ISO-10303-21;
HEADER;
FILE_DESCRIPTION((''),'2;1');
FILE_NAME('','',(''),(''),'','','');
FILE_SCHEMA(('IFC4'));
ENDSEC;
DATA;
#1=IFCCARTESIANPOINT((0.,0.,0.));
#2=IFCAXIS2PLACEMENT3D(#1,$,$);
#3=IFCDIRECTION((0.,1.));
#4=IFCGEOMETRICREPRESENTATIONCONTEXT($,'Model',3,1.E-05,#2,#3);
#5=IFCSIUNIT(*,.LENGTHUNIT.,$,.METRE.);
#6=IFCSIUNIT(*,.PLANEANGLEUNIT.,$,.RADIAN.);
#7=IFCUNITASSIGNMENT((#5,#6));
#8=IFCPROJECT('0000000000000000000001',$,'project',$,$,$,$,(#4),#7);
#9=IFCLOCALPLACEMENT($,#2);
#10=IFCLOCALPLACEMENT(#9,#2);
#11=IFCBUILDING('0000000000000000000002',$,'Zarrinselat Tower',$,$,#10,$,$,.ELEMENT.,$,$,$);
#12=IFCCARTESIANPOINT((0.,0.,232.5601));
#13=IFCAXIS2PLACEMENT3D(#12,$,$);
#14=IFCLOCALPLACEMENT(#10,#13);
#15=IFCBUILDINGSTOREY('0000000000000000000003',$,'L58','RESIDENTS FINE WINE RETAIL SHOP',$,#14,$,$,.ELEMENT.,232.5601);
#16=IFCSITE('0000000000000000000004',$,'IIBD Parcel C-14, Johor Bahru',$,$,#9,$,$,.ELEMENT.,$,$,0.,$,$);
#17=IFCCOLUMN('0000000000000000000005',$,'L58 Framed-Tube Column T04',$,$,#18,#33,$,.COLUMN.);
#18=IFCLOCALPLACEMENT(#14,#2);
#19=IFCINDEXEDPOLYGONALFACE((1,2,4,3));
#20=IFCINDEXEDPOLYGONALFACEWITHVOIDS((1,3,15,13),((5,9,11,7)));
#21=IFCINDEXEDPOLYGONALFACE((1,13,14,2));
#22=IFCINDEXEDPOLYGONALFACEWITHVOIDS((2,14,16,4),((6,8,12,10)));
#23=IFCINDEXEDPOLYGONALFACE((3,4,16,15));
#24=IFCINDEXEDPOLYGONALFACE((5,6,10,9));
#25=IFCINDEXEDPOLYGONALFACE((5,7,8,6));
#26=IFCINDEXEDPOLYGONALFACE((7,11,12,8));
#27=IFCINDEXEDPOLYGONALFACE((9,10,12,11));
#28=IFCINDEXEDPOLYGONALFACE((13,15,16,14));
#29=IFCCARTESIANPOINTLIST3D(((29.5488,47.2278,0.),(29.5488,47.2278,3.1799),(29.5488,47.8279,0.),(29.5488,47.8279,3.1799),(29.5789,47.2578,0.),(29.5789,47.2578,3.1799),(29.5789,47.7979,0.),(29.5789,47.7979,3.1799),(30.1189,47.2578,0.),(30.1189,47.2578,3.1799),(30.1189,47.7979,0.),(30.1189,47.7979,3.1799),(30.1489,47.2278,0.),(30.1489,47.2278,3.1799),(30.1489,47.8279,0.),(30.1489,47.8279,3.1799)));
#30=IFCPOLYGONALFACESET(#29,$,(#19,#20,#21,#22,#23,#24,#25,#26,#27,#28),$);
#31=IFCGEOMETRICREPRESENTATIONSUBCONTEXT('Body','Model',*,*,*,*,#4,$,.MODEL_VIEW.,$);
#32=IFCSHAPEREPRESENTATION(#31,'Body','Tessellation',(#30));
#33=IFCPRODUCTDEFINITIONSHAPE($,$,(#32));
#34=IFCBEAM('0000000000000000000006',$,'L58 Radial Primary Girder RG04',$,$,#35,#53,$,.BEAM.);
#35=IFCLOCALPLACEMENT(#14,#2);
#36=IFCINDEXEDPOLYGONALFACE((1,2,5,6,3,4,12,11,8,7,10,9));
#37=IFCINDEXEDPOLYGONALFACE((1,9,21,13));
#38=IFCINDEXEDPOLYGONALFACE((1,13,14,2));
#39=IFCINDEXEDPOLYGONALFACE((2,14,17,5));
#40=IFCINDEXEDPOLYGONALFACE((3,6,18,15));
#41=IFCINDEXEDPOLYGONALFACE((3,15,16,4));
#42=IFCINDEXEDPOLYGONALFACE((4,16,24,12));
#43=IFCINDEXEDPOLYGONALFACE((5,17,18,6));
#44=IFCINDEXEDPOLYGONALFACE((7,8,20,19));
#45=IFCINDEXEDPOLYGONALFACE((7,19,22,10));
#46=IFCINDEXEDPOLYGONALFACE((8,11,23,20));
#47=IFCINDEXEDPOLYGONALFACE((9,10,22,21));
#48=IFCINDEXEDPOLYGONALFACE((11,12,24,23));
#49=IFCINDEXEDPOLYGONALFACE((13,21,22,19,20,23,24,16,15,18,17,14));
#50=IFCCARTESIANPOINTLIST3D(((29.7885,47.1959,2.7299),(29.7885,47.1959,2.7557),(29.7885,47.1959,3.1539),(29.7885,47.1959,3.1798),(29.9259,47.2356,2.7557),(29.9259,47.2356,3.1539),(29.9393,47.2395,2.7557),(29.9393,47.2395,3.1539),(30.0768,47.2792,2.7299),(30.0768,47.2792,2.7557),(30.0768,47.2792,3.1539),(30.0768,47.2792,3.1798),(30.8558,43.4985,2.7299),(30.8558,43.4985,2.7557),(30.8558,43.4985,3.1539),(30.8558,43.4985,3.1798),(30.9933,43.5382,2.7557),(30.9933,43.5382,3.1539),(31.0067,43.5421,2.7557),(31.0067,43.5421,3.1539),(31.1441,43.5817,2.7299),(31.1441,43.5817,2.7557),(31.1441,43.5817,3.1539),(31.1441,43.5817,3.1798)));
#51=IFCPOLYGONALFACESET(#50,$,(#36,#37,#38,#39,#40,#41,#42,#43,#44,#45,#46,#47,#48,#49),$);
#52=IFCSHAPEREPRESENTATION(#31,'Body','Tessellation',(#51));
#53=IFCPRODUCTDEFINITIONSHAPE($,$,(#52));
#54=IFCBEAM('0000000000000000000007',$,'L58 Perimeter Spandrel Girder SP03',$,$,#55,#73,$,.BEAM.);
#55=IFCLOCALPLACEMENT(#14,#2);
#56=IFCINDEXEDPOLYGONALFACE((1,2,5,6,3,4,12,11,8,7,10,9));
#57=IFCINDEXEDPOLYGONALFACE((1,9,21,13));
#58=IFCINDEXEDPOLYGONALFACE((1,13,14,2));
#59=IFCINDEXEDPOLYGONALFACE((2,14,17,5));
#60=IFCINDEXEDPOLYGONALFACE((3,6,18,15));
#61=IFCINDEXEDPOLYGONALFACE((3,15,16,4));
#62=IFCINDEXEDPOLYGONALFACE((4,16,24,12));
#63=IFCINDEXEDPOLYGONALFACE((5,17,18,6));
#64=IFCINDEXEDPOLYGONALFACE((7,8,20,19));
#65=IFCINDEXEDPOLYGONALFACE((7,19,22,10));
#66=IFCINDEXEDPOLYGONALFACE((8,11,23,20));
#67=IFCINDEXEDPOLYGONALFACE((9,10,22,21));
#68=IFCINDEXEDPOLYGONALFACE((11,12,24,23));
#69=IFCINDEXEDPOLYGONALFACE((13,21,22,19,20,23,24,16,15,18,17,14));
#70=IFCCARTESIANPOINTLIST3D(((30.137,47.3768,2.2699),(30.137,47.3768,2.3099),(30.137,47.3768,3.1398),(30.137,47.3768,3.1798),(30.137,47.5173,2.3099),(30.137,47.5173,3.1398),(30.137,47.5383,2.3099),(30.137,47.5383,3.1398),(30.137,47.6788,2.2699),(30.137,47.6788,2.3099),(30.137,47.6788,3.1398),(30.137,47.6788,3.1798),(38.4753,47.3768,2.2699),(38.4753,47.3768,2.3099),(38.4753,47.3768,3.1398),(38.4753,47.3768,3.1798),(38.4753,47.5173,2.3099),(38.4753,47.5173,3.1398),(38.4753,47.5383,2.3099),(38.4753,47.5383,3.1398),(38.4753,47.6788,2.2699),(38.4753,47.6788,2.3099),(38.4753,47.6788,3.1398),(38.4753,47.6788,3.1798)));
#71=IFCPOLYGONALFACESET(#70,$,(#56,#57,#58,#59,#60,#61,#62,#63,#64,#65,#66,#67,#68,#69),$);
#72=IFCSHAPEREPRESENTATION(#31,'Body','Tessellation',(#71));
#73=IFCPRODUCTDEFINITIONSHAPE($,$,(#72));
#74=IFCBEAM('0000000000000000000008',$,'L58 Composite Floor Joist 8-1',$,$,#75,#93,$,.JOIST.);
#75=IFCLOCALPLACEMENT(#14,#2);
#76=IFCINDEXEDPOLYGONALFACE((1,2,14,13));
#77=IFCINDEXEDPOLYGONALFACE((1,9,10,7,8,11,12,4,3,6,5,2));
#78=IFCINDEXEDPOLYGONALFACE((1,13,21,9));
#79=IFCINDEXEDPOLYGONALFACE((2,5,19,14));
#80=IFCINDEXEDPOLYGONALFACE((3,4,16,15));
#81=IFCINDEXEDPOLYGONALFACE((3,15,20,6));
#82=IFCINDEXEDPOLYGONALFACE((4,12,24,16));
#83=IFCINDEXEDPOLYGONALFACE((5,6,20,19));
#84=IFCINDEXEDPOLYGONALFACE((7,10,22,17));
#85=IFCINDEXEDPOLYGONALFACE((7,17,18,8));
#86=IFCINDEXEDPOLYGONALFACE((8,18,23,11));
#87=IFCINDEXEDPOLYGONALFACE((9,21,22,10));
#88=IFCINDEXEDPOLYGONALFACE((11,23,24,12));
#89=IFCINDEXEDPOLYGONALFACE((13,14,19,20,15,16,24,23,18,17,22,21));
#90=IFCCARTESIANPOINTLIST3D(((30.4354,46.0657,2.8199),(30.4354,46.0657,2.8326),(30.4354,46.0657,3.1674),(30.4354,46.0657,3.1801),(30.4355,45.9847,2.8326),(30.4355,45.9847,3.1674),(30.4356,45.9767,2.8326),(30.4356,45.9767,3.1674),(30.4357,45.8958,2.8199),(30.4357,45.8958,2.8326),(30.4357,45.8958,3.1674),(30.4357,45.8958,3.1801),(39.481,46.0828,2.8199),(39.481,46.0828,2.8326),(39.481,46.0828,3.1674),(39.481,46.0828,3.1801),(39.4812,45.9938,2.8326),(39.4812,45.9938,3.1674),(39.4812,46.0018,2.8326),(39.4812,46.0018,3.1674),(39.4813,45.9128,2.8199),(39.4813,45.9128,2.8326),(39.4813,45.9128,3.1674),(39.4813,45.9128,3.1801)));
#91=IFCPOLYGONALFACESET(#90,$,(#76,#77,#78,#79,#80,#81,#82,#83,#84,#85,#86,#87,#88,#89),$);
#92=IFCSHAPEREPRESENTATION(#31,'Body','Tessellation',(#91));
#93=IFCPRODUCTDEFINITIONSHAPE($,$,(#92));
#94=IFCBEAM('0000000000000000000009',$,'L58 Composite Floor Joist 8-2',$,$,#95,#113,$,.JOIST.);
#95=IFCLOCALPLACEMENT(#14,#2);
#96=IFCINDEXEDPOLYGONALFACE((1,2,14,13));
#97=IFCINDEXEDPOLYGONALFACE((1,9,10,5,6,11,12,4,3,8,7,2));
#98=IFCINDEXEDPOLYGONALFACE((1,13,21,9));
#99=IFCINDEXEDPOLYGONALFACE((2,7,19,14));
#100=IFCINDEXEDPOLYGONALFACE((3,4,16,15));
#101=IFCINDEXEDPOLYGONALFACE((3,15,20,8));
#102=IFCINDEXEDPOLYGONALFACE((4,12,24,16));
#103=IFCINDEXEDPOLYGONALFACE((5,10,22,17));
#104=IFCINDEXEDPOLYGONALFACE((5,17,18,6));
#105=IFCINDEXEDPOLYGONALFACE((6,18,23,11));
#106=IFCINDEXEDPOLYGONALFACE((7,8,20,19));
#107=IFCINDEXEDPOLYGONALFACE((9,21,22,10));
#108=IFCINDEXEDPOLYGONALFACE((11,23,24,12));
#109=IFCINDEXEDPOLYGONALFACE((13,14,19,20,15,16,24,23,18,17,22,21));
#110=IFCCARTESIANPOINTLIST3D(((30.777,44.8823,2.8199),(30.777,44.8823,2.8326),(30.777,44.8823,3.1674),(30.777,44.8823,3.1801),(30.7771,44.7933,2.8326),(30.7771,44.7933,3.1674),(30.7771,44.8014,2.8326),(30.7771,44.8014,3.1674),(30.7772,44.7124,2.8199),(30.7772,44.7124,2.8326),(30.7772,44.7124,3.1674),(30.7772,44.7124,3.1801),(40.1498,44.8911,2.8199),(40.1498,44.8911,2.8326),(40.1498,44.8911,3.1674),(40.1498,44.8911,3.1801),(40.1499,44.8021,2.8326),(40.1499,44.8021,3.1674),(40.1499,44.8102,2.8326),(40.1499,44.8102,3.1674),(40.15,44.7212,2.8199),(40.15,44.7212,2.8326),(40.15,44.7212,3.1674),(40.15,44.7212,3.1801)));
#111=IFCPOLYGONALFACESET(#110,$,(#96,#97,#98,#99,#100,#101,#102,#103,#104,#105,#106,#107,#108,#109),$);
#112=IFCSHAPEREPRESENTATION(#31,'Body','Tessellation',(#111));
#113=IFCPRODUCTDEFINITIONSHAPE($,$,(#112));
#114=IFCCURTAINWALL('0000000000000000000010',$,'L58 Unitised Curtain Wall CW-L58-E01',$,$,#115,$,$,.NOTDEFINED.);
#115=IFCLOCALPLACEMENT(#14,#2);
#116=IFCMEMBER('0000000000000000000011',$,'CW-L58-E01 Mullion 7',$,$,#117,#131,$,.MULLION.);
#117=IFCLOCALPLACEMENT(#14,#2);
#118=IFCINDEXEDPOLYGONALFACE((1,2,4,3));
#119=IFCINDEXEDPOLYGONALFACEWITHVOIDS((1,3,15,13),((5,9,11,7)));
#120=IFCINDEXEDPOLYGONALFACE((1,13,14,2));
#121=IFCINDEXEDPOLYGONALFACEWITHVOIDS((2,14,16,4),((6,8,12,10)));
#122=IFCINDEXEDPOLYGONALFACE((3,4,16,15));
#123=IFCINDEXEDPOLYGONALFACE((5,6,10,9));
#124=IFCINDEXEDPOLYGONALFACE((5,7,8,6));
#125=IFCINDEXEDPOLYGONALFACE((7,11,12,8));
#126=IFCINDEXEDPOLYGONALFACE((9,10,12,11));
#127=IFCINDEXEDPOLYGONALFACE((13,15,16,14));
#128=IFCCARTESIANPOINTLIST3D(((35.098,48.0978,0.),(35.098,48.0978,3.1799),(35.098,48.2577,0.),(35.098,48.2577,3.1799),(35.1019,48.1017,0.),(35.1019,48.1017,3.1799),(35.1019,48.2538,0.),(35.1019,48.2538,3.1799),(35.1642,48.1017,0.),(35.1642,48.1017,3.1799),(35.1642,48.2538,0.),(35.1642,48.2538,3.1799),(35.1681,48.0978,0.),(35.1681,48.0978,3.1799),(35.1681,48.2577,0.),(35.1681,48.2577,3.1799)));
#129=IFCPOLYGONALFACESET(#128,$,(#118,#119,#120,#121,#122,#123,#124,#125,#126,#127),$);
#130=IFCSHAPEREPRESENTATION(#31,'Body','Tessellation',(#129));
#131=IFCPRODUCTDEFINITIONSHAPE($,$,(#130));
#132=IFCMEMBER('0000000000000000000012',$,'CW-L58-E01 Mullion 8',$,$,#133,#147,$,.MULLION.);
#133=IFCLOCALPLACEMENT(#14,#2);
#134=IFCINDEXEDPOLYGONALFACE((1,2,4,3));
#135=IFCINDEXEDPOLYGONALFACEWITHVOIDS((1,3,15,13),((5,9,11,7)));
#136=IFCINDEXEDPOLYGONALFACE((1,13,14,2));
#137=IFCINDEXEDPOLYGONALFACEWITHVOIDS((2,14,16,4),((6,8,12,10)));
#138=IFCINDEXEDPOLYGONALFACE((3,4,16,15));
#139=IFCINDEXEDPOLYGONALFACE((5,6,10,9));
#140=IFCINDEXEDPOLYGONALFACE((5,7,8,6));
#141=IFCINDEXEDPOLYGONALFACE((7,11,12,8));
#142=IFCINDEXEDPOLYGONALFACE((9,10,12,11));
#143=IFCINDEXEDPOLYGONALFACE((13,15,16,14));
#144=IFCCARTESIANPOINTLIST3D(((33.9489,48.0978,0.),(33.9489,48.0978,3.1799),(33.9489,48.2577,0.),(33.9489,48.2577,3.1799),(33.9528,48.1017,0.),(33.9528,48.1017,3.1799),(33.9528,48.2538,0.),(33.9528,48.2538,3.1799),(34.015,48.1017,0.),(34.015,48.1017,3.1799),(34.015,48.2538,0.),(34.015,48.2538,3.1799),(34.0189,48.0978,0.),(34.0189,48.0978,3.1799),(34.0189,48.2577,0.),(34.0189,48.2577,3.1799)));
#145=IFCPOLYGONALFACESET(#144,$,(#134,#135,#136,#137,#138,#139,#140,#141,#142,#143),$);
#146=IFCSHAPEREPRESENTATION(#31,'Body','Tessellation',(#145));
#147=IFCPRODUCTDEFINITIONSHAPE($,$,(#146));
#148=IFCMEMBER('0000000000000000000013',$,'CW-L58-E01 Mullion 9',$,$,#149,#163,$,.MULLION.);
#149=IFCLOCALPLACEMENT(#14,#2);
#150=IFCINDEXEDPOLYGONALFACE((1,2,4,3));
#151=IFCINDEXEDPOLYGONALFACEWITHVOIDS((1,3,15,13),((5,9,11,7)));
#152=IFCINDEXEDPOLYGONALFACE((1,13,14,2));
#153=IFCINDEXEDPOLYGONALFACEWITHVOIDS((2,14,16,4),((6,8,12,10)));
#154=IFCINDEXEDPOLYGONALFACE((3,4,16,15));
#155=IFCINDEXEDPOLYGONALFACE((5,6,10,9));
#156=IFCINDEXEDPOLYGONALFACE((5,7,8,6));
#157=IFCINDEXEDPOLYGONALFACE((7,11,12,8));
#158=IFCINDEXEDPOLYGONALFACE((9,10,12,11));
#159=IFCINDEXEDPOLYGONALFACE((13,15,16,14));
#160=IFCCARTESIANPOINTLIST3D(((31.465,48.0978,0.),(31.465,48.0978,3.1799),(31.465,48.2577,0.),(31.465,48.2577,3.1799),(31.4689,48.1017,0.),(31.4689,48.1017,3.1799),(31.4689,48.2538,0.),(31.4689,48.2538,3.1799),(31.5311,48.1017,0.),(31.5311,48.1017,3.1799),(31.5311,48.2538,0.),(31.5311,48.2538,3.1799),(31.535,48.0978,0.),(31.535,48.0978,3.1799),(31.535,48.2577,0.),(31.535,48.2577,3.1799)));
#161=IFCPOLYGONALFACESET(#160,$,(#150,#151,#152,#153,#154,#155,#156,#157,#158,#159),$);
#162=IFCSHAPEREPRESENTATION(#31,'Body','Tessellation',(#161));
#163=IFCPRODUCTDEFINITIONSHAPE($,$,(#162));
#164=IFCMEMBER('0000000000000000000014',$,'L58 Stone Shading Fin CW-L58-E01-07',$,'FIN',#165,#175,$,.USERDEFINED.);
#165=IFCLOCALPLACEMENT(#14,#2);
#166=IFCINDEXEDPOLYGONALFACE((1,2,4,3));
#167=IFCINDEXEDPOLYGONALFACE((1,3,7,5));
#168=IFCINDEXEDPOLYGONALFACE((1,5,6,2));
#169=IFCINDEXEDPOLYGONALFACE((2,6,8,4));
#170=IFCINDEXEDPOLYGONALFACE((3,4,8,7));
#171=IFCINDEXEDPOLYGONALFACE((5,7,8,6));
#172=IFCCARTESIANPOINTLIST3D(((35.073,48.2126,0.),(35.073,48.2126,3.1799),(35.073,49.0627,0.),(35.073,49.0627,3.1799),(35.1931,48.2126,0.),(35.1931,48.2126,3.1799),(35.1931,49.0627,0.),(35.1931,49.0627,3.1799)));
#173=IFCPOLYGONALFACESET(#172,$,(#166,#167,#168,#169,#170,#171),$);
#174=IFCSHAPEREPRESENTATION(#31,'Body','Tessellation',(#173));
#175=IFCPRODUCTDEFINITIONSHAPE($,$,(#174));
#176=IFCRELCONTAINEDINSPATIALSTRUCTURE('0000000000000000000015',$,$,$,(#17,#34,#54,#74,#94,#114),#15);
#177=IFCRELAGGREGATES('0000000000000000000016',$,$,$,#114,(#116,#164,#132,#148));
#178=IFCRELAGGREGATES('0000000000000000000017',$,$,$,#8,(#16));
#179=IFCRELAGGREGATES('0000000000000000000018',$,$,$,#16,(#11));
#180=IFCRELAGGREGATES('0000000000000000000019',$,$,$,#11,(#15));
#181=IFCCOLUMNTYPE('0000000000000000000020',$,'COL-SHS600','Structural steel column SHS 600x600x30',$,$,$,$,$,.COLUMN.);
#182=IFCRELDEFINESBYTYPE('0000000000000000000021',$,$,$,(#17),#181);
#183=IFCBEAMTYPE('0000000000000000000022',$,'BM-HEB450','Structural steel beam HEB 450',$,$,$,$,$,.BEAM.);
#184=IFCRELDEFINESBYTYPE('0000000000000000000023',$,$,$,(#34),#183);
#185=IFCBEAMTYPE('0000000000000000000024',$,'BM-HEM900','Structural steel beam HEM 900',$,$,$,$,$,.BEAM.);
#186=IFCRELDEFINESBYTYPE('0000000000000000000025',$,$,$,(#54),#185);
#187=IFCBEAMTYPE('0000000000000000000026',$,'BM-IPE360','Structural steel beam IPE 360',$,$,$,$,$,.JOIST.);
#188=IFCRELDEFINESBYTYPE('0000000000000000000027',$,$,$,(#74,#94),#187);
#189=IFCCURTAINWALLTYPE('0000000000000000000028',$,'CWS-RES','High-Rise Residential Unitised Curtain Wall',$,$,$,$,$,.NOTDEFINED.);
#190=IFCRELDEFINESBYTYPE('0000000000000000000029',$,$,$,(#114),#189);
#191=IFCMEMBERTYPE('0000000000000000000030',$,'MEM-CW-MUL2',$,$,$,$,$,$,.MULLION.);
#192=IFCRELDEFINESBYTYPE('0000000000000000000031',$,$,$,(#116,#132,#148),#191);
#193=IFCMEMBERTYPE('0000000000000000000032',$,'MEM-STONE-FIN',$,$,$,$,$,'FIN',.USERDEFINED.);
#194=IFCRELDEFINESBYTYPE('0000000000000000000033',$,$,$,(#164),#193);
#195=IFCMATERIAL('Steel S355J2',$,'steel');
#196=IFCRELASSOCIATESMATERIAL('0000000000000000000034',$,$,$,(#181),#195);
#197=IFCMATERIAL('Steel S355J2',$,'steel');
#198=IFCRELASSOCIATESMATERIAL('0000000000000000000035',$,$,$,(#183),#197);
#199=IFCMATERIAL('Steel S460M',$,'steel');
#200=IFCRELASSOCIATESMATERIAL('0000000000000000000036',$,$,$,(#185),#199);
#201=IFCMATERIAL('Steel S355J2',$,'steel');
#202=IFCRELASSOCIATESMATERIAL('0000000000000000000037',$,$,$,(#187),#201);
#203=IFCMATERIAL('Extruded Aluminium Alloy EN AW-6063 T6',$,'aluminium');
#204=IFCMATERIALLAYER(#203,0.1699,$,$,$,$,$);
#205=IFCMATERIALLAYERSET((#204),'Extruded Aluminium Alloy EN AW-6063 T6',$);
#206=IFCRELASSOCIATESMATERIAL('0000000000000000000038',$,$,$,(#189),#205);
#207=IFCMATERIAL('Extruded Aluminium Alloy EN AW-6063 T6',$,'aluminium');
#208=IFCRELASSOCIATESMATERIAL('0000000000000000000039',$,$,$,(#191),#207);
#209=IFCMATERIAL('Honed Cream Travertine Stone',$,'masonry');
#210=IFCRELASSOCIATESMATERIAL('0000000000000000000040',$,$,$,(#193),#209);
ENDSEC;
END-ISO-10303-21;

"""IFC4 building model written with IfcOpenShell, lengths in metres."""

from ifc_helpers import new_model, si_unit, direction, frame, origin, origin_2d, place, context, subcontext, project, spatial, rectangle, hollow_rectangle, i_section, extrude, material, layer, layer_set, material_profile, profile_set, type_object, element, aggregate, save


model = new_model("IFC4")

# Units and contexts
model_context = context("Model", 3, precision=1e-05, world=origin(), true_north=direction((0.0, 1.0)))
body_context = subcontext(model_context, "Body", "Model", "MODEL_VIEW")
ifc_project = project(units=[si_unit("LENGTHUNIT", "METRE"), si_unit("PLANEANGLEUNIT", "RADIAN")], contexts=[model_context])

# Site, building, storey
site_placement = place(None, origin())
site = spatial("IfcSite", under=ifc_project, at=site_placement, Name="IIBD Parcel C-14, Johor Bahru", CompositionType="ELEMENT", RefElevation=0.0)
building_placement = place(site_placement, origin())
building = spatial("IfcBuilding", under=site, at=building_placement, Name="Zarrinselat Tower", CompositionType="ELEMENT")
storey_placement = place(building_placement, frame((0.0, 0.0, 232.5601)))
storey = spatial("IfcBuildingStorey", under=building, at=storey_placement, Name="L58", Description="RESIDENTS FINE WINE RETAIL SHOP", CompositionType="ELEMENT", Elevation=232.5601)

# Column
ifc_material_1 = material(Name="Steel S355J2", Category="steel")
ifc_material_profile_1 = material_profile(ifc_material_1, hollow_rectangle(XDim=0.6001, YDim=0.6001, WallThickness=0.03, at=origin_2d()), Name="SHS 600x600x30")
ifc_profile_set_1 = profile_set([ifc_material_profile_1], Name="Steel S355J2")
column_type = type_object("IfcColumnType", Name="COL-SHS600", Description="Structural steel column SHS 600x600x30", PredefinedType="COLUMN", material=ifc_profile_set_1)
column_placement = place(storey_placement, frame((29.8489, 47.5278, 0.0), z_axis=(0.0, 0.0, 1.0), x_axis=(1.0, 0.0, 0.0)))
element("IfcColumn", 1, at=column_placement, inside=storey, type_object=column_type, Name="L58 Framed-Tube Column T04", PredefinedType="COLUMN", context=body_context, shape_type="SweptSolid", body=[
    extrude(hollow_rectangle(XDim=0.6001, YDim=0.6001, WallThickness=0.03, at=origin_2d()), origin(), (0.0, 0.0, 1.0), 3.1799),
])

# Beams
ifc_material_2 = material(Name="Steel S355J2", Category="steel")
ifc_material_profile_2 = material_profile(ifc_material_2, i_section(OverallWidth=0.3, OverallDepth=0.45, WebThickness=0.0139, FlangeThickness=0.0259, at=origin_2d()), Name="HEB 450")
ifc_profile_set_2 = profile_set([ifc_material_profile_2], Name="Steel S355J2")
beam_type_1 = type_object("IfcBeamType", Name="BM-HEB450", Description="Structural steel beam HEB 450", PredefinedType="BEAM", material=ifc_profile_set_2)
beam_1_placement = place(storey_placement, frame((29.9326, 47.2375, 2.9548), z_axis=(0.277351, -0.960769, 0.0), x_axis=(0.960769, 0.277351, 0.0)))
element("IfcBeam", 2, at=beam_1_placement, inside=storey, type_object=beam_type_1, Name="L58 Radial Primary Girder RG04", PredefinedType="BEAM", context=body_context, shape_type="SweptSolid", body=[
    extrude(i_section(OverallWidth=0.3, OverallDepth=0.45, WebThickness=0.0139, FlangeThickness=0.0259, at=origin_2d()), origin(), (0.0, 0.0, 1.0), 3.8484),
])
ifc_material_3 = material(Name="Steel S460M", Category="steel")
ifc_material_profile_3 = material_profile(ifc_material_3, i_section(OverallWidth=0.302, OverallDepth=0.9099, WebThickness=0.021, FlangeThickness=0.04, at=origin_2d()), Name="HEM 900")
ifc_profile_set_3 = profile_set([ifc_material_profile_3], Name="Steel S460M")
beam_type_2 = type_object("IfcBeamType", Name="BM-HEM900", Description="Structural steel beam HEM 900", PredefinedType="BEAM", material=ifc_profile_set_3)
beam_2_placement = place(storey_placement, frame((30.137, 47.5278, 2.7249), z_axis=(1.0, 0.0, 0.0), x_axis=(0.0, 1.0, 0.0)))
element("IfcBeam", 3, at=beam_2_placement, inside=storey, type_object=beam_type_2, Name="L58 Perimeter Spandrel Girder SP03", PredefinedType="BEAM", context=body_context, shape_type="SweptSolid", body=[
    extrude(i_section(OverallWidth=0.302, OverallDepth=0.9099, WebThickness=0.021, FlangeThickness=0.04, at=origin_2d()), origin(), (0.0, 0.0, 1.0), 8.3384),
])
ifc_material_4 = material(Name="Steel S355J2", Category="steel")
ifc_material_profile_4 = material_profile(ifc_material_4, i_section(OverallWidth=0.1699, OverallDepth=0.3601, WebThickness=0.0081, FlangeThickness=0.0127, at=origin_2d()), Name="IPE 360")
ifc_profile_set_4 = profile_set([ifc_material_profile_4], Name="Steel S355J2")
beam_type_3 = type_object("IfcBeamType", Name="BM-IPE360", Description="Structural steel beam IPE 360", PredefinedType="JOIST", material=ifc_profile_set_4)
beam_3_placement = place(storey_placement, frame((30.4355, 45.9807, 3.0), z_axis=(0.999998, 0.001889, 0.0), x_axis=(-0.001889, 0.999998, 0.0)))
element("IfcBeam", 4, at=beam_3_placement, inside=storey, type_object=beam_type_3, Name="L58 Composite Floor Joist 8-1", PredefinedType="JOIST", context=body_context, shape_type="SweptSolid", body=[
    extrude(i_section(OverallWidth=0.1699, OverallDepth=0.3601, WebThickness=0.0081, FlangeThickness=0.0127, at=origin_2d()), origin(), (0.0, 0.0, 1.0), 9.0457),
])
beam_4_placement = place(storey_placement, frame((30.7771, 44.7974, 3.0), z_axis=(1.0, 0.000938, 0.0), x_axis=(-0.000938, 1.0, 0.0)))
element("IfcBeam", 5, at=beam_4_placement, inside=storey, type_object=beam_type_3, Name="L58 Composite Floor Joist 8-2", PredefinedType="JOIST", context=body_context, shape_type="SweptSolid", body=[
    extrude(i_section(OverallWidth=0.1699, OverallDepth=0.3601, WebThickness=0.0081, FlangeThickness=0.0127, at=origin_2d()), origin(), (0.0, 0.0, 1.0), 9.3728),
])

# Curtain wall, members
ifc_material_5 = material(Name="Extruded Aluminium Alloy EN AW-6063 T6", Category="aluminium")
ifc_layer_1 = layer(ifc_material_5, 0.1699)
ifc_layer_set_1 = layer_set([ifc_layer_1], Name="Extruded Aluminium Alloy EN AW-6063 T6")
curtain_wall_type = type_object("IfcCurtainWallType", Name="CWS-RES", Description="High-Rise Residential Unitised Curtain Wall", PredefinedType="NOTDEFINED", material=ifc_layer_set_1)
curtain_wall_placement = place(storey_placement, origin())
curtain_wall = element("IfcCurtainWall", 6, at=curtain_wall_placement, inside=storey, type_object=curtain_wall_type, Name="L58 Unitised Curtain Wall CW-L58-E01", PredefinedType="NOTDEFINED")
ifc_material_6 = material(Name="Extruded Aluminium Alloy EN AW-6063 T6", Category="aluminium")
ifc_material_profile_5 = material_profile(ifc_material_6, hollow_rectangle(XDim=0.0701, YDim=0.1599, WallThickness=0.0039, at=origin_2d()), Name="RHS 160x70x4")
ifc_profile_set_5 = profile_set([ifc_material_profile_5], Name="Extruded Aluminium Alloy EN AW-6063 T6")
member_type_1 = type_object("IfcMemberType", Name="MEM-CW-MUL2", PredefinedType="MULLION", material=ifc_profile_set_5)
member_1_placement = place(storey_placement, frame((35.1331, 48.1777, 0.0), z_axis=(0.0, 0.0, 1.0), x_axis=(-1.0, 0.0, 0.0)))
member_1 = element("IfcMember", 7, at=member_1_placement, type_object=member_type_1, Name="CW-L58-E01 Mullion 7", PredefinedType="MULLION", context=body_context, shape_type="SweptSolid", body=[
    extrude(hollow_rectangle(XDim=0.0701, YDim=0.1599, WallThickness=0.0039, at=origin_2d()), origin(), (0.0, 0.0, 1.0), 3.1799),
])
member_2_placement = place(storey_placement, frame((33.9839, 48.1777, 0.0), z_axis=(0.0, 0.0, 1.0), x_axis=(-1.0, 0.0, 0.0)))
member_2 = element("IfcMember", 8, at=member_2_placement, type_object=member_type_1, Name="CW-L58-E01 Mullion 8", PredefinedType="MULLION", context=body_context, shape_type="SweptSolid", body=[
    extrude(hollow_rectangle(XDim=0.0701, YDim=0.1599, WallThickness=0.0039, at=origin_2d()), origin(), (0.0, 0.0, 1.0), 3.1799),
])
member_3_placement = place(storey_placement, frame((31.5, 48.1777, 0.0), z_axis=(0.0, 0.0, 1.0), x_axis=(-1.0, 0.0, 0.0)))
member_3 = element("IfcMember", 9, at=member_3_placement, type_object=member_type_1, Name="CW-L58-E01 Mullion 9", PredefinedType="MULLION", context=body_context, shape_type="SweptSolid", body=[
    extrude(hollow_rectangle(XDim=0.0701, YDim=0.1599, WallThickness=0.0039, at=origin_2d()), origin(), (0.0, 0.0, 1.0), 3.1799),
])
ifc_material_7 = material(Name="Honed Cream Travertine Stone", Category="masonry")
ifc_material_profile_6 = material_profile(ifc_material_7, rectangle(XDim=0.1201, YDim=0.8501, at=origin_2d()), Name="FIN 850x120")
ifc_profile_set_6 = profile_set([ifc_material_profile_6], Name="Honed Cream Travertine Stone")
member_type_2 = type_object("IfcMemberType", Name="MEM-STONE-FIN", ElementType="FIN", PredefinedType="USERDEFINED", material=ifc_profile_set_6)
member_4_placement = place(storey_placement, frame((35.1331, 48.6377, 0.0), z_axis=(0.0, 0.0, 1.0), x_axis=(1.0, 0.0, 0.0)))
member_4 = element("IfcMember", 10, at=member_4_placement, type_object=member_type_2, Name="L58 Stone Shading Fin CW-L58-E01-07", ObjectType="FIN", PredefinedType="USERDEFINED", context=body_context, shape_type="SweptSolid", body=[
    extrude(rectangle(XDim=0.1201, YDim=0.8501, at=origin_2d()), origin(), (0.0, 0.0, 1.0), 3.1799),
])
aggregate(curtain_wall, [member_1, member_4, member_2, member_3])

save(model, "model.ifc")
